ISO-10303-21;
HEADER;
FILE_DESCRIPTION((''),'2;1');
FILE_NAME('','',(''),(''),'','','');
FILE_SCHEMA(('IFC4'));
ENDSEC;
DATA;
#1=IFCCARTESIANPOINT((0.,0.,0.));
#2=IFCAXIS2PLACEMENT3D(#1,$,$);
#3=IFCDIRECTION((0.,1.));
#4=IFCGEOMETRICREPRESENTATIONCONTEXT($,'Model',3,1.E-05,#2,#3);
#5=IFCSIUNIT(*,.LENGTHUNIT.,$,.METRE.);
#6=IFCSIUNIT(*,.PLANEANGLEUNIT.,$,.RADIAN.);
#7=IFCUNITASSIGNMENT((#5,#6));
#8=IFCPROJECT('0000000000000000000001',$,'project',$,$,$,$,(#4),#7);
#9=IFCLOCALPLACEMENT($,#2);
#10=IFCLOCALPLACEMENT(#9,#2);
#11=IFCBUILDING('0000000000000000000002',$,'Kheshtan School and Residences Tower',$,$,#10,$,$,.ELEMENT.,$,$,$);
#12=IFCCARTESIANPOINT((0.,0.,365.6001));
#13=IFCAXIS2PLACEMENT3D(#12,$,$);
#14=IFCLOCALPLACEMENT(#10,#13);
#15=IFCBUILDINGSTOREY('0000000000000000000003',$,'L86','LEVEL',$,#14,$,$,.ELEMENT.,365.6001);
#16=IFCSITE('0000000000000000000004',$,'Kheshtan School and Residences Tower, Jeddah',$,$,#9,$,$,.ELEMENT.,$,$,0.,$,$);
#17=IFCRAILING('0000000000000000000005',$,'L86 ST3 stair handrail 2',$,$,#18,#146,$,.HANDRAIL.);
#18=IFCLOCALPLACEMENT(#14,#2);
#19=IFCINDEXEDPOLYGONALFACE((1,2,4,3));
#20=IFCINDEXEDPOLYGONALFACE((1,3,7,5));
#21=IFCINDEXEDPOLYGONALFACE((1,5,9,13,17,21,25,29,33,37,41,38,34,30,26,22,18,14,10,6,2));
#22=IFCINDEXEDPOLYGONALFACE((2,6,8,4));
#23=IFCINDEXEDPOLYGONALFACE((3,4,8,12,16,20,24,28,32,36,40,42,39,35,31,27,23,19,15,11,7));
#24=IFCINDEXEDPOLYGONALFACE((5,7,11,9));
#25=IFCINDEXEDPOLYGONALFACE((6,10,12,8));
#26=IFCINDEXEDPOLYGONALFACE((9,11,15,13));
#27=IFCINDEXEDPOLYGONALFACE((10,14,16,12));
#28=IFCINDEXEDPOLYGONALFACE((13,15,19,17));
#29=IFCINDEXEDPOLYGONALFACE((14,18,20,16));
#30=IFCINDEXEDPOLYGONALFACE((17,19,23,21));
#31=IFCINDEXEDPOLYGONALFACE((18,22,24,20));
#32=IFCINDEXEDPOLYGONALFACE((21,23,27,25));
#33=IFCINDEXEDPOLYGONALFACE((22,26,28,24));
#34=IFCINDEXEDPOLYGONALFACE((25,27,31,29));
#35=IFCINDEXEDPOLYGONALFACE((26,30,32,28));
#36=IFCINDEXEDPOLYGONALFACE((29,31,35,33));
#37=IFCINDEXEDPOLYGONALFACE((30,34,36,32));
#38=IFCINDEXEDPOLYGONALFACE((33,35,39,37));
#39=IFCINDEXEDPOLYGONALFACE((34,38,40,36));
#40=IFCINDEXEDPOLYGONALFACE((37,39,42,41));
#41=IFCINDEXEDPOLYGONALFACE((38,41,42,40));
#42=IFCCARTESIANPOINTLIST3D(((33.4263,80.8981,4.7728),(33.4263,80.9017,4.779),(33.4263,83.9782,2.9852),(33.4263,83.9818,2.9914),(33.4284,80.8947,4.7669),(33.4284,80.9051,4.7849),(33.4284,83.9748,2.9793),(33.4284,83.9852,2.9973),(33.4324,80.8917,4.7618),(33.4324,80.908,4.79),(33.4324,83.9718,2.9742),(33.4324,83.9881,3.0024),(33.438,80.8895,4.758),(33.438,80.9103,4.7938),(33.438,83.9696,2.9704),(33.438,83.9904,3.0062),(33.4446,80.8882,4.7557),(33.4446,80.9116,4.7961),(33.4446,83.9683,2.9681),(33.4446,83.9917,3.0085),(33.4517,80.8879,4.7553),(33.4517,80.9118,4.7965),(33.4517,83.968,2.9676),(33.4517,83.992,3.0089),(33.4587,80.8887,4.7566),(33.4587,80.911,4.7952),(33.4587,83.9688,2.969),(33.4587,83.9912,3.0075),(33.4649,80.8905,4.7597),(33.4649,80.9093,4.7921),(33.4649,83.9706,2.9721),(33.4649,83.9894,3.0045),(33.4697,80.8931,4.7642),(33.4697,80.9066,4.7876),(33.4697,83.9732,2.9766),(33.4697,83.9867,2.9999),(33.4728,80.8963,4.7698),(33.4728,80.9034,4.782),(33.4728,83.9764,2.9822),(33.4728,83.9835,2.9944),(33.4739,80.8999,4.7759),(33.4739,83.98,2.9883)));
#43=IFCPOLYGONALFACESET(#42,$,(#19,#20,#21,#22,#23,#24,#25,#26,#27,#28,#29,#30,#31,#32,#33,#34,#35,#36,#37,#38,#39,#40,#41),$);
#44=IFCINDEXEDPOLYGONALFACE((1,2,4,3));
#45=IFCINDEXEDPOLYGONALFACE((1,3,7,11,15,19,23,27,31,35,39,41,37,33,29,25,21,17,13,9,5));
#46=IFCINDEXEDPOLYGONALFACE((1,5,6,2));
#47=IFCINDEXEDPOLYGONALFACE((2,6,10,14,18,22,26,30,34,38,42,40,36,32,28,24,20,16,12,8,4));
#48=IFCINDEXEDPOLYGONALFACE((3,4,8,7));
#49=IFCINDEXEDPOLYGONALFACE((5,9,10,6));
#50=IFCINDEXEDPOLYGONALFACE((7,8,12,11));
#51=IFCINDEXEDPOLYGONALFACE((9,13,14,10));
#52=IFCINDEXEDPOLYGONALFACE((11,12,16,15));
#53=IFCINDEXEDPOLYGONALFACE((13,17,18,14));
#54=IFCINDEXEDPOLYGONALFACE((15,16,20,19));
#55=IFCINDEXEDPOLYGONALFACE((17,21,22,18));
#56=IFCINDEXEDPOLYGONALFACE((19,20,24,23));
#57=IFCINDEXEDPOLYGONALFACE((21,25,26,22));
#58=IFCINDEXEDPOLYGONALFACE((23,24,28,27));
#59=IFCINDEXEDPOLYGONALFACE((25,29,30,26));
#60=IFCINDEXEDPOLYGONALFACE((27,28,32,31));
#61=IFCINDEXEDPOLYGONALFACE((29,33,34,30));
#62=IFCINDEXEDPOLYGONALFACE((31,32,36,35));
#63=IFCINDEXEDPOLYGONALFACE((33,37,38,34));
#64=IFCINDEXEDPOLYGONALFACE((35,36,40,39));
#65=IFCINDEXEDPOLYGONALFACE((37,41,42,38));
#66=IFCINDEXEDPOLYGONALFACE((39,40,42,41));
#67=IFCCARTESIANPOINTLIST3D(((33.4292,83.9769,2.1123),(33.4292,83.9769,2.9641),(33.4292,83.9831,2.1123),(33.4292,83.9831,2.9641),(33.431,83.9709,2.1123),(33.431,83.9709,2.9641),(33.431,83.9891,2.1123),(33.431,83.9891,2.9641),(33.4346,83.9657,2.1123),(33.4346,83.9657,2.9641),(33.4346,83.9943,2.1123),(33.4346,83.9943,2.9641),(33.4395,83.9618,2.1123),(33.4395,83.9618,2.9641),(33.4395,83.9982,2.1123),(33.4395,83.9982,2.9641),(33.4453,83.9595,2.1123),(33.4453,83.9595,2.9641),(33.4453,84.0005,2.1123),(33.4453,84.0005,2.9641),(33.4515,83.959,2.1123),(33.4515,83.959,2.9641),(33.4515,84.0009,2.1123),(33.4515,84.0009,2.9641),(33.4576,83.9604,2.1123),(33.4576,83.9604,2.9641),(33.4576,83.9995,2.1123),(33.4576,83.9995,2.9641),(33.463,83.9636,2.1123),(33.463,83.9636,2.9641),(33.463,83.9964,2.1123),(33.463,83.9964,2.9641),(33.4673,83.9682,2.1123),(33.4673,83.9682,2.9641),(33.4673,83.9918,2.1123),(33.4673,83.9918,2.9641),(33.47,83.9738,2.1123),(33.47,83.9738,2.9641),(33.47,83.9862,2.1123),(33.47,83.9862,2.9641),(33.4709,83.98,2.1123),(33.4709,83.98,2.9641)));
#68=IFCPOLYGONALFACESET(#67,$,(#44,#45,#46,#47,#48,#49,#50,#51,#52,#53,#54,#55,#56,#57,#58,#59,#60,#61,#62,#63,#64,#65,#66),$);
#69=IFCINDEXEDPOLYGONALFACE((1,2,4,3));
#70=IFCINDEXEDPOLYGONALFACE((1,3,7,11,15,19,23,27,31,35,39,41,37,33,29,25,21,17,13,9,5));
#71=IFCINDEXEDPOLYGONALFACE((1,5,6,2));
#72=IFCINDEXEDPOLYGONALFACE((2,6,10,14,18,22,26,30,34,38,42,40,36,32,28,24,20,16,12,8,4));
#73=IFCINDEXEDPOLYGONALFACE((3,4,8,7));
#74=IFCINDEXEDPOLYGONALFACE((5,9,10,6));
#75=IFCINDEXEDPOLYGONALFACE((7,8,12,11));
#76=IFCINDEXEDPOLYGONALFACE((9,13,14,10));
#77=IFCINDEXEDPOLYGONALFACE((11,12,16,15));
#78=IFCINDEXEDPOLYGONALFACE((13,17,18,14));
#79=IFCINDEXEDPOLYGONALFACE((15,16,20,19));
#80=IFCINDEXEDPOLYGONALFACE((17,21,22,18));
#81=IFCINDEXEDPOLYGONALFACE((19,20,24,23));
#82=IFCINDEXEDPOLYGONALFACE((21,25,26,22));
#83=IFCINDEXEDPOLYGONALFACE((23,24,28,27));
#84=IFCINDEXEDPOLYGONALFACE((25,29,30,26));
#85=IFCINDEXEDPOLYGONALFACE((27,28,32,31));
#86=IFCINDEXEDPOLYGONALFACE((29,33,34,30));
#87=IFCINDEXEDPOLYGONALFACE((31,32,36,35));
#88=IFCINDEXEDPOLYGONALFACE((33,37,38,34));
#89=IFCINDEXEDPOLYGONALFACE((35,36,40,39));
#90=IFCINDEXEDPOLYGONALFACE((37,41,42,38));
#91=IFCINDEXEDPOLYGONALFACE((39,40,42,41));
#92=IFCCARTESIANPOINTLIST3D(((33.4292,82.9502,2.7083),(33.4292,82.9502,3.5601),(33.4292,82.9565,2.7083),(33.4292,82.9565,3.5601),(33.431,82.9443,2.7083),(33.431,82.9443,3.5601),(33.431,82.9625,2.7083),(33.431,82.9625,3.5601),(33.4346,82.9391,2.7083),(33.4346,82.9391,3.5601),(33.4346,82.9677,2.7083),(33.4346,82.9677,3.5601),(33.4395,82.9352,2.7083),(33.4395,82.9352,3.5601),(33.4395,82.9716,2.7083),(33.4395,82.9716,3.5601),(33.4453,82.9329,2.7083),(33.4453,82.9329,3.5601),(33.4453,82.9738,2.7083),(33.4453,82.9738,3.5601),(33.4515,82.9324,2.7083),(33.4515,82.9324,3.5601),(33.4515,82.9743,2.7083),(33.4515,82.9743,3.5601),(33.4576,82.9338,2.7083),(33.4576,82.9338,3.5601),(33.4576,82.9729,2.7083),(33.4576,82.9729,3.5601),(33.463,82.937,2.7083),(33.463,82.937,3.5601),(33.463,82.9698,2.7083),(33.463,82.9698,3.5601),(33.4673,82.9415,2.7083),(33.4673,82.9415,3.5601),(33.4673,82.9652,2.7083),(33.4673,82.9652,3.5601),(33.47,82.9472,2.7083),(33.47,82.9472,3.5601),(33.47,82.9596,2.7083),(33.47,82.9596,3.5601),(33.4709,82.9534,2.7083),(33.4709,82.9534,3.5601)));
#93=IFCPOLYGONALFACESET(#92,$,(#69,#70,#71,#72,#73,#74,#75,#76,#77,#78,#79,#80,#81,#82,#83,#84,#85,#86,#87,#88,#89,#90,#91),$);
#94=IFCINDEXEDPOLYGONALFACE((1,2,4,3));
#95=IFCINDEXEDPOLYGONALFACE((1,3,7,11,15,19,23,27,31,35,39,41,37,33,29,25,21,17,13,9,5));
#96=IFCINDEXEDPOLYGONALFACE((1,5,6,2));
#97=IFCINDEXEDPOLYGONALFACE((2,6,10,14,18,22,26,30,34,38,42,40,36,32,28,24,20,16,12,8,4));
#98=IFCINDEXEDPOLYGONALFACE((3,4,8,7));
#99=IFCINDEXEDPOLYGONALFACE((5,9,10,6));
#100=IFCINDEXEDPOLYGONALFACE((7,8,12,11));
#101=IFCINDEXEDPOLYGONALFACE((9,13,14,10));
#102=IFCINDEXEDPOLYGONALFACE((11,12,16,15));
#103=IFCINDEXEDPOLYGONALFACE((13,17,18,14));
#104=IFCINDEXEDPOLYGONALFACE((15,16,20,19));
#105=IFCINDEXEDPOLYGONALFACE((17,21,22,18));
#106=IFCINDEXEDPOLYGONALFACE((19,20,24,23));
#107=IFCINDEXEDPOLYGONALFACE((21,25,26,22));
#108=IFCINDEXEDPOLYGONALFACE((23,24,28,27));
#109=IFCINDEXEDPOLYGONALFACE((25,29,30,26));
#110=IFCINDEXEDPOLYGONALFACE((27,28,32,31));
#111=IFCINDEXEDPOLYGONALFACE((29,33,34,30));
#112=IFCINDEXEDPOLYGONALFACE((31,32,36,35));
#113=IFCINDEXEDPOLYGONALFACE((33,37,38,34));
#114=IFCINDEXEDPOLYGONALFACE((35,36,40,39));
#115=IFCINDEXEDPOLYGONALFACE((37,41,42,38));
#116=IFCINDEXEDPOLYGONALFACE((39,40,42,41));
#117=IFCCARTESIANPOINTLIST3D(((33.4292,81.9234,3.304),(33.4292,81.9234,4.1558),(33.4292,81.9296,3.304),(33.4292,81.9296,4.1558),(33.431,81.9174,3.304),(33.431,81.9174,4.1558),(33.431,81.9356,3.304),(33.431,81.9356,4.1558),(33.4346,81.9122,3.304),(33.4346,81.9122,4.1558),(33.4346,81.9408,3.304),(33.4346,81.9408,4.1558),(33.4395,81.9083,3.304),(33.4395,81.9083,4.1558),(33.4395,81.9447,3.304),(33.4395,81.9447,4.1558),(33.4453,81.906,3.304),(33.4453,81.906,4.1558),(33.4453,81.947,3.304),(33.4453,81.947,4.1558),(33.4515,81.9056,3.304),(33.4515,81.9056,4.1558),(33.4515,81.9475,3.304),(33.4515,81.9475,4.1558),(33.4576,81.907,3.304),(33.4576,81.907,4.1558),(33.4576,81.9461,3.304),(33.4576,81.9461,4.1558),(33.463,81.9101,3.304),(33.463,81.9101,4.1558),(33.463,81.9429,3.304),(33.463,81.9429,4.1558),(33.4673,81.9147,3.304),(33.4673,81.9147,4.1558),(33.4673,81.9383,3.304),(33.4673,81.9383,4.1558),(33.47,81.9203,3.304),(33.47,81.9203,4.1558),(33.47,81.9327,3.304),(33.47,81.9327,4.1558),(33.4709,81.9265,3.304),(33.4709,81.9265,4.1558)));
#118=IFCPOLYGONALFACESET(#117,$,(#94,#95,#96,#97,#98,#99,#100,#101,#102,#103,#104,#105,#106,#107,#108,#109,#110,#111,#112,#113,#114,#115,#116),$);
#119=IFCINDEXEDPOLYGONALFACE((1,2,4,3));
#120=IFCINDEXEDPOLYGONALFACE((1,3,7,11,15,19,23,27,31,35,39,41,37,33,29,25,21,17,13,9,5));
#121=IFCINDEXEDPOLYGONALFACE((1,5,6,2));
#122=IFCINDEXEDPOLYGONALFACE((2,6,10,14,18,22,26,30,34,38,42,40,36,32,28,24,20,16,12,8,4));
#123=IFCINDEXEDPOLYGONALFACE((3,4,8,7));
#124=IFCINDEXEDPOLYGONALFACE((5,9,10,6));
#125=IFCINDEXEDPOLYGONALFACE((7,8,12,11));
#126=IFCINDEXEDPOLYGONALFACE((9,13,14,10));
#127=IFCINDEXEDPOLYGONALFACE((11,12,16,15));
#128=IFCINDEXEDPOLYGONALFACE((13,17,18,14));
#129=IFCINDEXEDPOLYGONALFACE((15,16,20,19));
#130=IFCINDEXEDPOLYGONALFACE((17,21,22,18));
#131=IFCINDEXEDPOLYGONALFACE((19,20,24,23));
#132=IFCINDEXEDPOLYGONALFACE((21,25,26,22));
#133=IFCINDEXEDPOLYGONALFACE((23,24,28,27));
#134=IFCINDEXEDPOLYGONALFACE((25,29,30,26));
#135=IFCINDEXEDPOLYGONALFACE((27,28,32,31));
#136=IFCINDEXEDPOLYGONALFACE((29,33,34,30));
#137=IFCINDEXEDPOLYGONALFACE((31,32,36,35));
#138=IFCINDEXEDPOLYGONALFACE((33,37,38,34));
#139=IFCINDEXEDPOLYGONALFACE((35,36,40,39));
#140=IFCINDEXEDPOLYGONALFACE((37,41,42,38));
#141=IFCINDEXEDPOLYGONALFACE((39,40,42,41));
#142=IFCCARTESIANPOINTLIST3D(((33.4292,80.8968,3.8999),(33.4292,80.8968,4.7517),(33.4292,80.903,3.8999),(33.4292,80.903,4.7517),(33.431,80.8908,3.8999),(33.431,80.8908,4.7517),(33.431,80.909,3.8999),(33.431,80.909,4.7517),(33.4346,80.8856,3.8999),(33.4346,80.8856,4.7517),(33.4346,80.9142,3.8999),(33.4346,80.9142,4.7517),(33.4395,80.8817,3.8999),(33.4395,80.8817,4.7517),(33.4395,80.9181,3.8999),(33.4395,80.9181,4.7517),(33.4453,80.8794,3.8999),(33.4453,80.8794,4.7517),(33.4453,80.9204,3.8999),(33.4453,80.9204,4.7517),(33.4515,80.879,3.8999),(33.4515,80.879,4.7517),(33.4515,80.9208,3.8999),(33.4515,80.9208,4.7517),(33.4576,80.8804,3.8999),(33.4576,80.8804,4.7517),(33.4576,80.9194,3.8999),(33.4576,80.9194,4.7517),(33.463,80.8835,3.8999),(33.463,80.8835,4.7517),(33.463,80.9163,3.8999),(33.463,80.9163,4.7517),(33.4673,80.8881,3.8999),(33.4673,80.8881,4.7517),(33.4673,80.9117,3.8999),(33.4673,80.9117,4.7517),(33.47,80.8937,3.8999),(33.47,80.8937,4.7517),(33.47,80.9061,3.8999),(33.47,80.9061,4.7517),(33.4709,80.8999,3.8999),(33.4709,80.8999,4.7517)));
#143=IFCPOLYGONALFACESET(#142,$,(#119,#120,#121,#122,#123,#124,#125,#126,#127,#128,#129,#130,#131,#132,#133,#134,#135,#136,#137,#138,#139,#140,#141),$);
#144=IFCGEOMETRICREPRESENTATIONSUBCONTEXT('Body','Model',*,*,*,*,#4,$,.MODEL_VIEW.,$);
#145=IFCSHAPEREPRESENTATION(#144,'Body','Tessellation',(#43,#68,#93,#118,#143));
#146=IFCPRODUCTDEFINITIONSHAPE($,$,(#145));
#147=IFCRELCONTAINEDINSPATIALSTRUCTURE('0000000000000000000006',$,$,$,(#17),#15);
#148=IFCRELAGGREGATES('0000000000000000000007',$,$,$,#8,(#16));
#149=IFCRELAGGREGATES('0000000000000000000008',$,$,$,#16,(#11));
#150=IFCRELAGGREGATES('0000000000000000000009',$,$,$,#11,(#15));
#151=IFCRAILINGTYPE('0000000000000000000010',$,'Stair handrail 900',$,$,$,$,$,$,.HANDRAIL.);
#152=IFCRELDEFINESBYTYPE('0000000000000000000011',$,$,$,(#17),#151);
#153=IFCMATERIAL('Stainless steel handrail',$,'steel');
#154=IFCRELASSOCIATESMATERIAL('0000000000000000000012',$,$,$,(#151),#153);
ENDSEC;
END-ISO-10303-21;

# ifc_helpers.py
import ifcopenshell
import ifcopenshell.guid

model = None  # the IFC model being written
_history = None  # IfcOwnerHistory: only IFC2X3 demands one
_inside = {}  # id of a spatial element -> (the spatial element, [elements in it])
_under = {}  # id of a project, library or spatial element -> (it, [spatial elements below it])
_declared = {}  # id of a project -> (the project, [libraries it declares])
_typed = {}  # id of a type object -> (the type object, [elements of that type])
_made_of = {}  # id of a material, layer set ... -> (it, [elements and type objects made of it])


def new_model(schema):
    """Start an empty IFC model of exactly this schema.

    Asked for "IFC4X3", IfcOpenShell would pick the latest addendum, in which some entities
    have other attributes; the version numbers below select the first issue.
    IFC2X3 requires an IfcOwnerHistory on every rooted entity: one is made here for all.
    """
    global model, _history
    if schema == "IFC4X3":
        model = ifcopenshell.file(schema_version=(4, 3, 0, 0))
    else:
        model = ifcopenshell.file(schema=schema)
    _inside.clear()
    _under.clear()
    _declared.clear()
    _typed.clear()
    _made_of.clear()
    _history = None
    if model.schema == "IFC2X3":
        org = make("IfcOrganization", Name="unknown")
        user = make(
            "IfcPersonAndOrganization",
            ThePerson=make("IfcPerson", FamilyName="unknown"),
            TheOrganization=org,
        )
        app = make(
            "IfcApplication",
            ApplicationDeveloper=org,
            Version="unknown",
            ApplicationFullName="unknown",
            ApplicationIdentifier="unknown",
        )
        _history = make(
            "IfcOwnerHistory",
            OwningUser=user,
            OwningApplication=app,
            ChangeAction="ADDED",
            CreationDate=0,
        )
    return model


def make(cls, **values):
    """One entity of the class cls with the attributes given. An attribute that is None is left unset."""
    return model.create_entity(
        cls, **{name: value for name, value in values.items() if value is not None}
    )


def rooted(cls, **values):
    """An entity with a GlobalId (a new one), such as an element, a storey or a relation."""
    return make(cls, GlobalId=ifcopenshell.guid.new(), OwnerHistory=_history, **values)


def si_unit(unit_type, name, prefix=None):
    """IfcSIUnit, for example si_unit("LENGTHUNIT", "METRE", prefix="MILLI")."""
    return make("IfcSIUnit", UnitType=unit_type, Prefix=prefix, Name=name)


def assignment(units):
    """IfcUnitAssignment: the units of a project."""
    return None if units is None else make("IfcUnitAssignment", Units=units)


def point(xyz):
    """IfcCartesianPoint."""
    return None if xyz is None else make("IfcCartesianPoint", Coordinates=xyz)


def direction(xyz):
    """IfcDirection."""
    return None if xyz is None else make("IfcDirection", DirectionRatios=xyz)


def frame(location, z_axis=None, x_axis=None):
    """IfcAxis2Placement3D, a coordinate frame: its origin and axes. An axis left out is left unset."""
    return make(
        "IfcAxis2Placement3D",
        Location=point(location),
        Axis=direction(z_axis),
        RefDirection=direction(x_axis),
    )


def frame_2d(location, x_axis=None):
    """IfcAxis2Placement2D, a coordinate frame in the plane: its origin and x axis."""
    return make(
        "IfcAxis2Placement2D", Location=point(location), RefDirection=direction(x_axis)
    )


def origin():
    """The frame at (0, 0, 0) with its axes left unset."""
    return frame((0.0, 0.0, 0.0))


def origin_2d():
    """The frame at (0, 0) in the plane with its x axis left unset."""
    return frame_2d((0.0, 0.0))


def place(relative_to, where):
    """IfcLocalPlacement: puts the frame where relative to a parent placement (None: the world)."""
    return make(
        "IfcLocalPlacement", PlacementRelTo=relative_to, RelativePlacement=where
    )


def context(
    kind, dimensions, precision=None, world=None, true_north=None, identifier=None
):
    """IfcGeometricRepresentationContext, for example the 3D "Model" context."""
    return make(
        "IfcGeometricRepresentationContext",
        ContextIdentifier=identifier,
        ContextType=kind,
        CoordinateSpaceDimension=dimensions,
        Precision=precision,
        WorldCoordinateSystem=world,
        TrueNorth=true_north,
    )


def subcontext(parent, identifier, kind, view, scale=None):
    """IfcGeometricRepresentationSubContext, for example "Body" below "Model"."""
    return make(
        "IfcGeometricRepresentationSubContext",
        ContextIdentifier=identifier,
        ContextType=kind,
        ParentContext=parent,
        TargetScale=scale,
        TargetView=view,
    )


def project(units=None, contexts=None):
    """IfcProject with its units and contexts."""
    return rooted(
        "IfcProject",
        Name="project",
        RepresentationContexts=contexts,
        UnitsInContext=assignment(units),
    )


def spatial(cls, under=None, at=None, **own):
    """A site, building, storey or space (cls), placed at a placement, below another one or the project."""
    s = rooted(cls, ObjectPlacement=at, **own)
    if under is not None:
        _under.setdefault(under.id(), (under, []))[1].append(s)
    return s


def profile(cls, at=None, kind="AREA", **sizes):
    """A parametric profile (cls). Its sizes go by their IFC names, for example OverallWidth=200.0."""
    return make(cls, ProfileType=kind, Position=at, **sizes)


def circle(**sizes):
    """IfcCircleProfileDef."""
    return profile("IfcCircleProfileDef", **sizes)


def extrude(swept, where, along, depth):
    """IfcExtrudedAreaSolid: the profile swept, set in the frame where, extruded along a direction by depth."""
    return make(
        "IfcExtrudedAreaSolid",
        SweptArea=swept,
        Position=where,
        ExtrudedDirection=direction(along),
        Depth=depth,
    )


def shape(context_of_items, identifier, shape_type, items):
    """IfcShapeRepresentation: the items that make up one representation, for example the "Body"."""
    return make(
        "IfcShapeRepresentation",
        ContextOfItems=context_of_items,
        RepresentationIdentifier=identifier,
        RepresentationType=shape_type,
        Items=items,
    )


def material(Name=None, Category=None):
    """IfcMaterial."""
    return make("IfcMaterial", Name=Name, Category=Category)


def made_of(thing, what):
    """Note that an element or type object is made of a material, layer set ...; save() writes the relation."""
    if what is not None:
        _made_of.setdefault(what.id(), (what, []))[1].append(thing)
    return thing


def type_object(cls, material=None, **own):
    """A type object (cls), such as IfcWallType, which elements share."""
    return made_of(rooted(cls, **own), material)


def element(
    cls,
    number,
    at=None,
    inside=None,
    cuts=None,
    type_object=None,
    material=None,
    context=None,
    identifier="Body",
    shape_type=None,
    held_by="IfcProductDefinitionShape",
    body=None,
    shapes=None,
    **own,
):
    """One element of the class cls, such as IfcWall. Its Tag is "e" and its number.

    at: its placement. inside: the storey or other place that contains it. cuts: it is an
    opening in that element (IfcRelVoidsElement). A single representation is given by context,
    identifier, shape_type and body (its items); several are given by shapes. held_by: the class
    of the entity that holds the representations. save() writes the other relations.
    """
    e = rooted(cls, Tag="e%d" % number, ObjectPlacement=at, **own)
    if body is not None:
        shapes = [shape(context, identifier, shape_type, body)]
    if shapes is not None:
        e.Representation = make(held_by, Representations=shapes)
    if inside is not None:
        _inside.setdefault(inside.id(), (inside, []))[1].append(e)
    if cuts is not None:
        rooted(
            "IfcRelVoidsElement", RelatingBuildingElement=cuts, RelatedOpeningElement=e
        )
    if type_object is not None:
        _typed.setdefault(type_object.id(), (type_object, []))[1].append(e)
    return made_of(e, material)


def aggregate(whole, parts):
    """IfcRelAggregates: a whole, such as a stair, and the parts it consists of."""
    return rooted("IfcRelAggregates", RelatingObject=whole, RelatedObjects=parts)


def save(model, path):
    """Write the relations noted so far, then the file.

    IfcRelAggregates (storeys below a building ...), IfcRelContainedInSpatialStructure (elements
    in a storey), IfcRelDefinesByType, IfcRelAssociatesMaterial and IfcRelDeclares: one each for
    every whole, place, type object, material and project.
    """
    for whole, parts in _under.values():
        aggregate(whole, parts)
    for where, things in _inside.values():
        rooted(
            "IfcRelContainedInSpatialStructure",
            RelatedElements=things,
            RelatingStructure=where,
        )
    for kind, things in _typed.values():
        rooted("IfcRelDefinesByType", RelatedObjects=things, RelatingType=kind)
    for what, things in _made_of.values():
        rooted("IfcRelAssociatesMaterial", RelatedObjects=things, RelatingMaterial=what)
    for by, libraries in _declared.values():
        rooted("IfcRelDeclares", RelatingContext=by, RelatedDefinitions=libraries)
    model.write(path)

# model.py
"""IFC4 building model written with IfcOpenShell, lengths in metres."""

from ifc_helpers import new_model, si_unit, direction, frame, origin, origin_2d, place, context, subcontext, project, spatial, circle, extrude, material, type_object, element, save


model = new_model("IFC4")

# Units and contexts
model_context = context("Model", 3, precision=1e-05, world=origin(), true_north=direction((0.0, 1.0)))
body_context = subcontext(model_context, "Body", "Model", "MODEL_VIEW")
ifc_project = project(units=[si_unit("LENGTHUNIT", "METRE"), si_unit("PLANEANGLEUNIT", "RADIAN")], contexts=[model_context])

# Site, building, storey
site_placement = place(None, origin())
site = spatial("IfcSite", under=ifc_project, at=site_placement, Name="Kheshtan School and Residences Tower, Jeddah", CompositionType="ELEMENT", RefElevation=0.0)
building_placement = place(site_placement, origin())
building = spatial("IfcBuilding", under=site, at=building_placement, Name="Kheshtan School and Residences Tower", CompositionType="ELEMENT")
storey_placement = place(building_placement, frame((0.0, 0.0, 365.6001)))
storey = spatial("IfcBuildingStorey", under=building, at=storey_placement, Name="L86", Description="LEVEL", CompositionType="ELEMENT", Elevation=365.6001)

# Railing
ifc_material_1 = material(Name="Stainless steel handrail", Category="steel")
railing_type_1 = type_object("IfcRailingType", Name="Stair handrail 900", PredefinedType="HANDRAIL", material=ifc_material_1)
railing_1_placement = place(storey_placement, frame((33.45, 83.98, 2.1123)))
element("IfcRailing", 1, at=railing_1_placement, inside=storey, type_object=railing_type_1, Name="L86 ST3 stair handrail 2", PredefinedType="HANDRAIL", context=body_context, shape_type="SweptSolid", body=[
    extrude(circle(Radius=0.0239, at=origin_2d()), frame((0.0, 0.0, 0.876), z_axis=(0.0, -0.864891, 0.50196), x_axis=(1.0, 0.0, 0.0)), (0.0, 0.0, 1.0), 3.5613),
    extrude(circle(Radius=0.021, at=origin_2d()), origin(), (0.0, 0.0, 1.0), 0.8518),
    extrude(circle(Radius=0.021, at=origin_2d()), frame((0.0, -1.0266, 0.5959)), (0.0, 0.0, 1.0), 0.8518),
    extrude(circle(Radius=0.021, at=origin_2d()), frame((0.0, -2.0535, 1.1917)), (0.0, 0.0, 1.0), 0.8518),
    extrude(circle(Radius=0.021, at=origin_2d()), frame((0.0, -3.0801, 1.7876)), (0.0, 0.0, 1.0), 0.8518),
])

save(model, "model.ifc")
